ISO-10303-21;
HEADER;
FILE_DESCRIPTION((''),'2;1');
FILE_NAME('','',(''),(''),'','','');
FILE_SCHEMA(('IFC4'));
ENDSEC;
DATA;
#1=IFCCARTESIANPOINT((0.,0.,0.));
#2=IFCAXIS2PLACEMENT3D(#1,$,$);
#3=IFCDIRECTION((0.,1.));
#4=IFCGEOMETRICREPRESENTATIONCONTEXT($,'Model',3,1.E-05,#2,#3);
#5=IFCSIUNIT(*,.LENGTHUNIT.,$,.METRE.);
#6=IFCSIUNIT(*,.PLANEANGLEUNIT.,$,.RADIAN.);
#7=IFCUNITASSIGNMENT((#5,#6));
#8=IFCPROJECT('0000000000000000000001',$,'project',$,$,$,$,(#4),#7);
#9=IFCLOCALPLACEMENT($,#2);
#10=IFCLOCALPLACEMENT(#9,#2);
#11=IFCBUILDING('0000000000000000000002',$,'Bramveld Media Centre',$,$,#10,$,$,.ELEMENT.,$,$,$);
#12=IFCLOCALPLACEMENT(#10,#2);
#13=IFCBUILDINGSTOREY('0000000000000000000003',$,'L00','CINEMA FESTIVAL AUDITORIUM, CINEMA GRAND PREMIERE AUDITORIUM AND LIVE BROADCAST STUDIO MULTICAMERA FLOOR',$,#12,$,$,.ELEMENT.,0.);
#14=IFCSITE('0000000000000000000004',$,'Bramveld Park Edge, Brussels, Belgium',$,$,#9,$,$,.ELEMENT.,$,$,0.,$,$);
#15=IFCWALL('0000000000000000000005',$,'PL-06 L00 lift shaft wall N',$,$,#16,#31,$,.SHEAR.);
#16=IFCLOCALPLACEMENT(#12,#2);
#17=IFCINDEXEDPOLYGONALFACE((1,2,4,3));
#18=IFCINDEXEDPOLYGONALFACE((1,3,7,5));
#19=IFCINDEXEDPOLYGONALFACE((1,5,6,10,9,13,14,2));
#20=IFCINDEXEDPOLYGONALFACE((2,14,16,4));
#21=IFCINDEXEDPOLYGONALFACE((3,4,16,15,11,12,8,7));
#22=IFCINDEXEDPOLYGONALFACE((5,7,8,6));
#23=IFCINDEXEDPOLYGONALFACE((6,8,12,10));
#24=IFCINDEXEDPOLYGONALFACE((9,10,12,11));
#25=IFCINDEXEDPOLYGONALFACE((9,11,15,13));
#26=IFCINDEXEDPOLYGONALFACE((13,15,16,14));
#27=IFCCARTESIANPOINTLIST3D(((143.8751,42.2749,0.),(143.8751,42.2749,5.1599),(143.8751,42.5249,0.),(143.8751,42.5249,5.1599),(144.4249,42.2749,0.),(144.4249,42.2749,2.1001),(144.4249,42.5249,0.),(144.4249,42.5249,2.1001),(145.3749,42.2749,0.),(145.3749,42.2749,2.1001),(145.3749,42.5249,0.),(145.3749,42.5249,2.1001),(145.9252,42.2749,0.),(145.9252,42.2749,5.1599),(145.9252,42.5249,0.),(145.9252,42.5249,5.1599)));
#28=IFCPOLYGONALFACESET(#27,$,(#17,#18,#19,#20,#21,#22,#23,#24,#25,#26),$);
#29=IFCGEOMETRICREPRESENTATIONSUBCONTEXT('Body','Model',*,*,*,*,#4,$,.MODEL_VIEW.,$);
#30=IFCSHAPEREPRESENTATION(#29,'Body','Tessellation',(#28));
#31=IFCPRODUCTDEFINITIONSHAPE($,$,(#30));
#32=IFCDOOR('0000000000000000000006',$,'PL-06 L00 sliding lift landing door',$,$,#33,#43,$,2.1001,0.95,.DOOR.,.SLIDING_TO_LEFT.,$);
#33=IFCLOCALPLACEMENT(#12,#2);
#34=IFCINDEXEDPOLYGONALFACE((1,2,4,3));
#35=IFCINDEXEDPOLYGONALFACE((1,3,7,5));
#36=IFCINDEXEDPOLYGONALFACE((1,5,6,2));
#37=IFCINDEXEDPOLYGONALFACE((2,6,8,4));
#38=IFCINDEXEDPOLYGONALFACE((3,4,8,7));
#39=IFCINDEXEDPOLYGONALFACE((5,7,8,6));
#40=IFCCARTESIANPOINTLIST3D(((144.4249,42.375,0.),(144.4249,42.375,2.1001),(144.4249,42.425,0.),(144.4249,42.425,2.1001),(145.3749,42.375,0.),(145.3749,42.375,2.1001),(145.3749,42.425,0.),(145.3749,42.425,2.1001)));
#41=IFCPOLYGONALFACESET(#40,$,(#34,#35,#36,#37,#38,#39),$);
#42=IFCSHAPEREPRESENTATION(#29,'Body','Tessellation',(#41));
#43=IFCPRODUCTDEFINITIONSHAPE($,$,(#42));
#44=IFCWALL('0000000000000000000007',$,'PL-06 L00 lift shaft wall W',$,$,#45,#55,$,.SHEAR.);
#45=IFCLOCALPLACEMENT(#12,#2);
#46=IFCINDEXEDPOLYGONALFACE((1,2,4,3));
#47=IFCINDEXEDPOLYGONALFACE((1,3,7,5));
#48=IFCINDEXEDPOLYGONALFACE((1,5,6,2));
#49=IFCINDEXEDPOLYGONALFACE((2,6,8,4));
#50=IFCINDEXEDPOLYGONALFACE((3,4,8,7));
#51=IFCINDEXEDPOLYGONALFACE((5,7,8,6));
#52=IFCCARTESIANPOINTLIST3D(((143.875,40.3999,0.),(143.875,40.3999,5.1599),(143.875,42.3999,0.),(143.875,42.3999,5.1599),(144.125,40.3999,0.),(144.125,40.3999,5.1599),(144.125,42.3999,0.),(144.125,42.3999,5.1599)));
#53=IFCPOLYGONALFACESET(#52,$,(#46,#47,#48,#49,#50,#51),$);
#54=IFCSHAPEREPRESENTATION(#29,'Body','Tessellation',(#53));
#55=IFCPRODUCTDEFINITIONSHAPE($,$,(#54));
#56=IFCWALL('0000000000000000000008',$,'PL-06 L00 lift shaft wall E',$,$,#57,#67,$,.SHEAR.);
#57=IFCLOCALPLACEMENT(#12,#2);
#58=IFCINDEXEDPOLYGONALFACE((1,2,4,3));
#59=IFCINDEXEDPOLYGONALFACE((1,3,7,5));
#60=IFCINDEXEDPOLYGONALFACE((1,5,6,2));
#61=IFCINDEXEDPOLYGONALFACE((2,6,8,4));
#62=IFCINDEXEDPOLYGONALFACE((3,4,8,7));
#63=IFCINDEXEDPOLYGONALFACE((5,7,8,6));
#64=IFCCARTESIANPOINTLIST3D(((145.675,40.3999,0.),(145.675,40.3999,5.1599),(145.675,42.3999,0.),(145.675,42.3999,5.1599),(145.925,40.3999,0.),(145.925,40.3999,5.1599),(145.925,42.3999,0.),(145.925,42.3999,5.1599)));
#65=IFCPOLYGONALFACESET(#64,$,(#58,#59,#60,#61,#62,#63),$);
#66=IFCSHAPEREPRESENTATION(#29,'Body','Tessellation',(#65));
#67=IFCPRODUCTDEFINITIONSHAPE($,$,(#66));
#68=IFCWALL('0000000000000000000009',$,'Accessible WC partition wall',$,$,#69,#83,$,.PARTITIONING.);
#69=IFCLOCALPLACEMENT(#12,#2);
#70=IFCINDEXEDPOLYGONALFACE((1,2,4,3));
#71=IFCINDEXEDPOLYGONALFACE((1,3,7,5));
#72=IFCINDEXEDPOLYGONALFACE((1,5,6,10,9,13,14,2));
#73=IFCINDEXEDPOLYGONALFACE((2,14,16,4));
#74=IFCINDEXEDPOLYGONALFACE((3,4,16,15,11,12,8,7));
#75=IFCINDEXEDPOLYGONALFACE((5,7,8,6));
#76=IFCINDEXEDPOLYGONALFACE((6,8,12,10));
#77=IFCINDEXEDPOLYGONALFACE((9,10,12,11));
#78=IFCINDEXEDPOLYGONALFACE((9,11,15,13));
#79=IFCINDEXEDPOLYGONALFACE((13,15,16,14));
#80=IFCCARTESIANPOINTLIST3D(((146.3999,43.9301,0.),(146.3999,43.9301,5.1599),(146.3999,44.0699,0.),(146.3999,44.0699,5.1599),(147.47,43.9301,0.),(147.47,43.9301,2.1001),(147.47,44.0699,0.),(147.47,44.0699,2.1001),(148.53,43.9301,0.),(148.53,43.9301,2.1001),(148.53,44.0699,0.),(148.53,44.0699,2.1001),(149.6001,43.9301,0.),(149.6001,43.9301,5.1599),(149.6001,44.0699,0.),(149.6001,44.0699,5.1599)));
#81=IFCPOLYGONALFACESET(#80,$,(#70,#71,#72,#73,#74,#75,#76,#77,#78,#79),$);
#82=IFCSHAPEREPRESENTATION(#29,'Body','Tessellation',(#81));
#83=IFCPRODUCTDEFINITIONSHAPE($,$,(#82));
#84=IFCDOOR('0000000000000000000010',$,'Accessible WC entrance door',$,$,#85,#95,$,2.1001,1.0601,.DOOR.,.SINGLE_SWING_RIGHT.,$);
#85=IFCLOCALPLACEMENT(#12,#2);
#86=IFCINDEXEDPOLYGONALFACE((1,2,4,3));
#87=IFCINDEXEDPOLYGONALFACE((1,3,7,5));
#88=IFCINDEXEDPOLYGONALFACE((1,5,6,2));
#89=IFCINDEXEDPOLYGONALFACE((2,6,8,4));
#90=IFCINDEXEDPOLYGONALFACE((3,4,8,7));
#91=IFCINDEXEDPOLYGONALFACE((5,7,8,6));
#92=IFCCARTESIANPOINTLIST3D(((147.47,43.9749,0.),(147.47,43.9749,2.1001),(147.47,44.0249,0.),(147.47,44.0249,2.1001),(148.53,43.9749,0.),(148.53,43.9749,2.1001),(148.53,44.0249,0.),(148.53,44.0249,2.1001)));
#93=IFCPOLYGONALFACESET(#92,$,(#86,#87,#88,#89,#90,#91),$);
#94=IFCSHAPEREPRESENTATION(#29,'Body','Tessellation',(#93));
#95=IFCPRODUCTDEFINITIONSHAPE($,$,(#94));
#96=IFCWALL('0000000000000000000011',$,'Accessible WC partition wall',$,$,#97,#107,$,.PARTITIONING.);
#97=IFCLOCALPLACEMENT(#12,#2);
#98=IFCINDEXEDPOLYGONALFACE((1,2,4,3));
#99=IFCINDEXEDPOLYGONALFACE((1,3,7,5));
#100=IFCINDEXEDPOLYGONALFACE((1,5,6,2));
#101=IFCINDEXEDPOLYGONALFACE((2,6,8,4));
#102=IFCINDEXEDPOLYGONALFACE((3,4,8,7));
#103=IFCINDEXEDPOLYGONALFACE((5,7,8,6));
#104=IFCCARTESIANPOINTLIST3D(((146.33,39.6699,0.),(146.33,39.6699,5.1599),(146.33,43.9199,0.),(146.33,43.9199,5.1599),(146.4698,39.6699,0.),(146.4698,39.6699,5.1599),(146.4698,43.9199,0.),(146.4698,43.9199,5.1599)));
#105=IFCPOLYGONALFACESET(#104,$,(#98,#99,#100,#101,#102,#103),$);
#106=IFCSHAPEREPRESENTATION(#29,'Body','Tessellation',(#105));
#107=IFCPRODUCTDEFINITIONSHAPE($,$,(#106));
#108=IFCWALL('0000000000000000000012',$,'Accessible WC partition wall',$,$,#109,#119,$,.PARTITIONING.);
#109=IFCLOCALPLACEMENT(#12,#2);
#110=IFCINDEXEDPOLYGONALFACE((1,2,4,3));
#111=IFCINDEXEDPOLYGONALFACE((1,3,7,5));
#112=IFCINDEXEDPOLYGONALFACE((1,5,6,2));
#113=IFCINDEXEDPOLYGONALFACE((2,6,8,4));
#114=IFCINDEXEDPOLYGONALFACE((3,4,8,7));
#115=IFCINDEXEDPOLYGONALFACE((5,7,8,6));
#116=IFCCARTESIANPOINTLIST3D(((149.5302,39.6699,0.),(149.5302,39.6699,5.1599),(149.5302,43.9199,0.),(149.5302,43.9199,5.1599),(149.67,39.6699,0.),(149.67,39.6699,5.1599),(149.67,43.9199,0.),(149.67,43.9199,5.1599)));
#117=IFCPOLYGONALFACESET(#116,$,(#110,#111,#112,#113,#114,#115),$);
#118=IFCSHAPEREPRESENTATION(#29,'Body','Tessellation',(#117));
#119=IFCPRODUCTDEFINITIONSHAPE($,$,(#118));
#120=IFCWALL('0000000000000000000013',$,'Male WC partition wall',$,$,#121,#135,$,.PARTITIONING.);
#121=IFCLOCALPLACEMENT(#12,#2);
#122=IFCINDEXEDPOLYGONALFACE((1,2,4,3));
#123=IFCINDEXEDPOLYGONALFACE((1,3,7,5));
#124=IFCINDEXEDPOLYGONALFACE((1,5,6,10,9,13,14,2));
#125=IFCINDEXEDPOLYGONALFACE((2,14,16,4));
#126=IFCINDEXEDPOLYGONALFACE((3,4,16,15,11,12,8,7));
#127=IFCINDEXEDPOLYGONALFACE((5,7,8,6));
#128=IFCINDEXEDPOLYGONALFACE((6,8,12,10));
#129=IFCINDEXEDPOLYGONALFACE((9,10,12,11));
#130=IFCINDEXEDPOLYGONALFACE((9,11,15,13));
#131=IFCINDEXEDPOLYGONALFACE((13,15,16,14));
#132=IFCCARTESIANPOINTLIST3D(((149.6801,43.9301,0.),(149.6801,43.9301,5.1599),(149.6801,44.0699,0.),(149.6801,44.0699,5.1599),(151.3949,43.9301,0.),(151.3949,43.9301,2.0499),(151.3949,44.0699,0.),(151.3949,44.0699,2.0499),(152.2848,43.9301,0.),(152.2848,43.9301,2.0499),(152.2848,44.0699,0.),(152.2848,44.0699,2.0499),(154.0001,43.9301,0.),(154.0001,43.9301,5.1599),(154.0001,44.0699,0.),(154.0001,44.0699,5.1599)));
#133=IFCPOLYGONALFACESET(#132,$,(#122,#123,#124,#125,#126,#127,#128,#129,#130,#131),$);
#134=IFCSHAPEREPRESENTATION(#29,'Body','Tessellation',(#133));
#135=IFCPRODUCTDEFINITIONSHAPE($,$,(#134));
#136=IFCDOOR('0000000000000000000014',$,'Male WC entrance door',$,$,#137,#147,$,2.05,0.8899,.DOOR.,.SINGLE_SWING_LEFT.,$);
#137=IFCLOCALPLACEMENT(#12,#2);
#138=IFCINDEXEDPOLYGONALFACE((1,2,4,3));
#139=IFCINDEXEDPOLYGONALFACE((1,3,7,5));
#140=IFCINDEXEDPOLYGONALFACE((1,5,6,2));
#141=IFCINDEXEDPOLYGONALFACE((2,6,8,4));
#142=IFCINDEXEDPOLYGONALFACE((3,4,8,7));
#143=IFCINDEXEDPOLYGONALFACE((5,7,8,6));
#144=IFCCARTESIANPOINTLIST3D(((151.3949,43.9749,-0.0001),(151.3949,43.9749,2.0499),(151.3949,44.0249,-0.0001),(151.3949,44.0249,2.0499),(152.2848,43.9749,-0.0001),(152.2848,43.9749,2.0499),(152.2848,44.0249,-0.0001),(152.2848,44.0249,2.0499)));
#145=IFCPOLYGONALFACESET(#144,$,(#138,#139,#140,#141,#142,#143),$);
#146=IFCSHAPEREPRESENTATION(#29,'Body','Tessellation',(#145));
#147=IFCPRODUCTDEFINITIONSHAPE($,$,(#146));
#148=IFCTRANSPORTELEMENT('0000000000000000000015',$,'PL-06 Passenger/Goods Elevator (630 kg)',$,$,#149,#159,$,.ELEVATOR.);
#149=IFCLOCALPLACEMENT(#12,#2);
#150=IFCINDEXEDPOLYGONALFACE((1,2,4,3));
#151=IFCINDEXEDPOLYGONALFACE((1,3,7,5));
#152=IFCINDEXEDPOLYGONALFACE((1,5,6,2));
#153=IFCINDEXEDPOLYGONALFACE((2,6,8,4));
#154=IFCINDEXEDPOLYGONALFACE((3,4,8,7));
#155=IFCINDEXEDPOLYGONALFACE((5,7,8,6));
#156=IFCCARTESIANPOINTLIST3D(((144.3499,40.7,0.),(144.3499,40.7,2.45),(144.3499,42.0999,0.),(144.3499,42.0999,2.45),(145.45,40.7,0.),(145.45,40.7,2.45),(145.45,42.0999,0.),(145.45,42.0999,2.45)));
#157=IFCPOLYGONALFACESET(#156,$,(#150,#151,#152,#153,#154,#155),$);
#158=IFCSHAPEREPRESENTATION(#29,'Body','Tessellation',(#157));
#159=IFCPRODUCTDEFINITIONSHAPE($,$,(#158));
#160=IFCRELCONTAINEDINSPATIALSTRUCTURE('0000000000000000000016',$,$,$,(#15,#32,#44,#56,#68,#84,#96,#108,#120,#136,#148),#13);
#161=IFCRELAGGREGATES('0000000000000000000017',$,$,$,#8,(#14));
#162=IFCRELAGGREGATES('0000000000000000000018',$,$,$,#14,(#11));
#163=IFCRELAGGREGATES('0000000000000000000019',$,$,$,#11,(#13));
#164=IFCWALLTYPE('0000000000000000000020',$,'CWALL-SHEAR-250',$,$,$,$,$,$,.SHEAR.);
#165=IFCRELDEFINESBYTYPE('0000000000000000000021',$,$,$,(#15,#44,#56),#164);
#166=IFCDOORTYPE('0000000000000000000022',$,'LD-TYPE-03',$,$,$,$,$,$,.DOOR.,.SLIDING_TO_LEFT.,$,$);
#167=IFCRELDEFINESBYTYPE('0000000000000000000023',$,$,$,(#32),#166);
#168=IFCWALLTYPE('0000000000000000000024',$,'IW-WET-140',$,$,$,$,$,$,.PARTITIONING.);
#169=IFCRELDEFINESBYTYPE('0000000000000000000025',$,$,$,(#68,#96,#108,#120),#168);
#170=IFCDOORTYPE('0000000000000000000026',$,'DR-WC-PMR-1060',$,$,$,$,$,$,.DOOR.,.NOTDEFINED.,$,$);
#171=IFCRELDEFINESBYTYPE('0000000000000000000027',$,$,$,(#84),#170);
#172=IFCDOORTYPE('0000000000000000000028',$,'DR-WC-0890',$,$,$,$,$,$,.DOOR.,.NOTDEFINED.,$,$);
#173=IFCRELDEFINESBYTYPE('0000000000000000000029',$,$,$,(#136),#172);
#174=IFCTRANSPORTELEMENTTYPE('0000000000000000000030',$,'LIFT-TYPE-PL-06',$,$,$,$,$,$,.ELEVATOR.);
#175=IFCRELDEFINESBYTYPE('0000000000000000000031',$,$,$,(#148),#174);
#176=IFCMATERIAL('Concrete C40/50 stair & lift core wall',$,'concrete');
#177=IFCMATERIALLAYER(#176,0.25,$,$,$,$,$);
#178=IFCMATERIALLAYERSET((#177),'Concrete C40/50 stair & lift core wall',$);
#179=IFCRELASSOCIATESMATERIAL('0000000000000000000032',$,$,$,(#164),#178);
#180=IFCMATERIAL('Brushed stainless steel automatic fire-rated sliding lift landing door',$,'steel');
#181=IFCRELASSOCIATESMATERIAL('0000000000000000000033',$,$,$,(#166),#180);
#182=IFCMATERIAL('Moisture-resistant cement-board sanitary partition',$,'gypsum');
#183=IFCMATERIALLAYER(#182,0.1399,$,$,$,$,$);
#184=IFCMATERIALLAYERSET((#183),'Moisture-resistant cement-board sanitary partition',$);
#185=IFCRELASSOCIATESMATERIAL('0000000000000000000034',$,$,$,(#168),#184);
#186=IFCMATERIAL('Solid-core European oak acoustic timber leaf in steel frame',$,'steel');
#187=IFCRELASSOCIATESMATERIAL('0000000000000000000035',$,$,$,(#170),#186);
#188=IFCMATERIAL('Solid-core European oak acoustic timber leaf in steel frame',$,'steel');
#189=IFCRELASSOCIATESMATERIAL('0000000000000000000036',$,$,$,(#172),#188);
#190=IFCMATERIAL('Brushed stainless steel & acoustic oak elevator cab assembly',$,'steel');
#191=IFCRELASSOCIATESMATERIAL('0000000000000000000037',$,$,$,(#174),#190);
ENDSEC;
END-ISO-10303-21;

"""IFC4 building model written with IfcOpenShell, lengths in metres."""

from ifc_helpers import new_model, si_unit, direction, frame, frame_2d, origin, origin_2d, place, context, subcontext, project, spatial, rectangle, extrude, material, layer, layer_set, type_object, element, fill, save


model = new_model("IFC4")

# Units and contexts
model_context = context("Model", 3, precision=1e-05, world=origin(), true_north=direction((0.0, 1.0)))
body_context = subcontext(model_context, "Body", "Model", "MODEL_VIEW")
ifc_project = project(units=[si_unit("LENGTHUNIT", "METRE"), si_unit("PLANEANGLEUNIT", "RADIAN")], contexts=[model_context])

# Site, building, storey
site_placement = place(None, origin())
site = spatial("IfcSite", under=ifc_project, at=site_placement, Name="Bramveld Park Edge, Brussels, Belgium", CompositionType="ELEMENT", RefElevation=0.0)
building_placement = place(site_placement, origin())
building = spatial("IfcBuilding", under=site, at=building_placement, Name="Bramveld Media Centre", CompositionType="ELEMENT")
storey_placement = place(building_placement, origin())
storey = spatial("IfcBuildingStorey", under=building, at=storey_placement, Name="L00", Description="CINEMA FESTIVAL AUDITORIUM, CINEMA GRAND PREMIERE AUDITORIUM AND LIVE BROADCAST STUDIO MULTICAMERA FLOOR", CompositionType="ELEMENT", Elevation=0.0)

# Shared definitions
ifc_material_1 = material(Name="Concrete C40/50 stair & lift core wall", Category="concrete")
ifc_layer_1 = layer(ifc_material_1, 0.25)
ifc_layer_set_1 = layer_set([ifc_layer_1], Name="Concrete C40/50 stair & lift core wall")
wall_type_1 = type_object("IfcWallType", Name="CWALL-SHEAR-250", PredefinedType="SHEAR", material=ifc_layer_set_1)

# Wall, opening, door
wall_1_placement = place(storey_placement, frame((145.925, 42.3999, 0.0), z_axis=(0.0, 0.0, 1.0), x_axis=(-1.0, 0.0, 0.0)))
wall_1 = element("IfcWall", 1, at=wall_1_placement, inside=storey, type_object=wall_type_1, Name="PL-06 L00 lift shaft wall N", PredefinedType="SHEAR", context=body_context, shape_type="SweptSolid", body=[
    extrude(rectangle(XDim=2.05, YDim=0.25, at=frame_2d((1.0249, 0.0))), origin(), (0.0, 0.0, 1.0), 5.1599),
])
opening_1_placement = place(wall_1_placement, frame((0.55, 0.0, 0.0)))
opening_1 = element("IfcOpeningElement", 2, at=opening_1_placement, cuts=wall_1, PredefinedType="OPENING", context=body_context, shape_type="SweptSolid", body=[
    extrude(rectangle(XDim=0.95, YDim=2.1001, at=frame_2d((0.4751, 1.05))), frame((0.0, 0.137, 0.0), z_axis=(0.0, -1.0, 0.0), x_axis=(1.0, 0.0, 0.0)), (0.0, 0.0, 1.0), 0.2739),
])
ifc_material_2 = material(Name="Brushed stainless steel automatic fire-rated sliding lift landing door", Category="steel")
door_type_1 = type_object("IfcDoorType", Name="LD-TYPE-03", OperationType="SLIDING_TO_LEFT", PredefinedType="DOOR", material=ifc_material_2)
door_1_placement = place(opening_1_placement, origin())
door_1 = element("IfcDoor", 3, at=door_1_placement, inside=storey, type_object=door_type_1, Name="PL-06 L00 sliding lift landing door", OperationType="SLIDING_TO_LEFT", OverallHeight=2.1001, OverallWidth=0.95, PredefinedType="DOOR", context=body_context, shape_type="SweptSolid", body=[
    extrude(rectangle(XDim=0.95, YDim=2.1001, at=frame_2d((0.4751, 1.05))), frame((0.0, 0.0249, 0.0), z_axis=(0.0, -1.0, 0.0), x_axis=(1.0, 0.0, 0.0)), (0.0, 0.0, 1.0), 0.05),
])
fill(opening_1, door_1)

# Walls
for number, where, z_axis, x_axis, name in (
    (4, (144.0, 42.3999, 0.0), (0.0, 0.0, 1.0), (0.0, -1.0, 0.0), "PL-06 L00 lift shaft wall W"),
    (5, (145.8, 40.3999, 0.0), (0.0, 0.0, 1.0), (0.0, 1.0, 0.0), "PL-06 L00 lift shaft wall E"),
):
    element("IfcWall", number, at=place(storey_placement, frame(where, z_axis=z_axis, x_axis=x_axis)), inside=storey, type_object=wall_type_1, Name=name, PredefinedType="SHEAR", context=body_context, shape_type="SweptSolid", body=[
        extrude(rectangle(XDim=2.0, YDim=0.25, at=frame_2d((1.0, 0.0))), origin(), (0.0, 0.0, 1.0), 5.1599),
    ])

# Wall, opening, door
ifc_material_3 = material(Name="Moisture-resistant cement-board sanitary partition", Category="gypsum")
ifc_layer_2 = layer(ifc_material_3, 0.1399)
ifc_layer_set_2 = layer_set([ifc_layer_2], Name="Moisture-resistant cement-board sanitary partition")
wall_type_2 = type_object("IfcWallType", Name="IW-WET-140", PredefinedType="PARTITIONING", material=ifc_layer_set_2)
wall_2_placement = place(storey_placement, frame((146.3999, 44.0, 0.0), z_axis=(0.0, 0.0, 1.0), x_axis=(1.0, 0.0, 0.0)))
wall_2 = element("IfcWall", 6, at=wall_2_placement, inside=storey, type_object=wall_type_2, Name="Accessible WC partition wall", PredefinedType="PARTITIONING", context=body_context, shape_type="SweptSolid", body=[
    extrude(rectangle(XDim=3.2002, YDim=0.1399, at=frame_2d((1.6001, 0.0))), origin(), (0.0, 0.0, 1.0), 5.1599),
])
opening_2_placement = place(wall_2_placement, frame((1.0701, 0.0, 0.0)))
opening_2 = element("IfcOpeningElement", 7, at=opening_2_placement, cuts=wall_2, PredefinedType="OPENING", context=body_context, shape_type="SweptSolid", body=[
    extrude(rectangle(XDim=1.0601, YDim=2.1001, at=frame_2d((0.53, 1.05))), frame((0.0, 0.082, 0.0), z_axis=(0.0, -1.0, 0.0), x_axis=(1.0, 0.0, 0.0)), (0.0, 0.0, 1.0), 0.1638),
])
ifc_material_4 = material(Name="Solid-core European oak acoustic timber leaf in steel frame", Category="steel")
door_type_2 = type_object("IfcDoorType", Name="DR-WC-PMR-1060", OperationType="NOTDEFINED", PredefinedType="DOOR", material=ifc_material_4)
door_2_placement = place(opening_2_placement, origin())
door_2 = element("IfcDoor", 8, at=door_2_placement, inside=storey, type_object=door_type_2, Name="Accessible WC entrance door", OperationType="SINGLE_SWING_RIGHT", OverallHeight=2.1001, OverallWidth=1.0601, PredefinedType="DOOR", context=body_context, shape_type="SweptSolid", body=[
    extrude(rectangle(XDim=1.0601, YDim=2.1001, at=frame_2d((0.53, 1.05))), frame((0.0, 0.0249, 0.0), z_axis=(0.0, -1.0, 0.0), x_axis=(1.0, 0.0, 0.0)), (0.0, 0.0, 1.0), 0.05),
])
fill(opening_2, door_2)

# Walls
for number, where, z_axis, x_axis, name in (
    (9, (146.3999, 39.6699, 0.0), (0.0, 0.0, 1.0), (0.0, 1.0, 0.0), "Accessible WC partition wall"),
    (10, (149.6001, 39.6699, 0.0), (0.0, 0.0, 1.0), (0.0, 1.0, 0.0), "Accessible WC partition wall"),
):
    element("IfcWall", number, at=place(storey_placement, frame(where, z_axis=z_axis, x_axis=x_axis)), inside=storey, type_object=wall_type_2, Name=name, PredefinedType="PARTITIONING", context=body_context, shape_type="SweptSolid", body=[
        extrude(rectangle(XDim=4.25, YDim=0.1399, at=frame_2d((2.125, 0.0))), origin(), (0.0, 0.0, 1.0), 5.1599),
    ])

# Wall, opening, door
wall_3_placement = place(storey_placement, frame((149.6799, 44.0, 0.0), z_axis=(0.0, 0.0, 1.0), x_axis=(1.0, 0.0, 0.0)))
wall_3 = element("IfcWall", 11, at=wall_3_placement, inside=storey, type_object=wall_type_2, Name="Male WC partition wall", PredefinedType="PARTITIONING", context=body_context, shape_type="SweptSolid", body=[
    extrude(rectangle(XDim=4.3201, YDim=0.1399, at=frame_2d((2.1602, 0.0))), origin(), (0.0, 0.0, 1.0), 5.1599),
])
opening_3_placement = place(wall_3_placement, frame((1.7151, 0.0, 0.0)))
opening_3 = element("IfcOpeningElement", 12, at=opening_3_placement, cuts=wall_3, PredefinedType="OPENING", context=body_context, shape_type="SweptSolid", body=[
    extrude(rectangle(XDim=0.8899, YDim=2.05, at=frame_2d((0.4448, 1.0249))), frame((0.0, 0.082, 0.0), z_axis=(0.0, -1.0, 0.0), x_axis=(1.0, 0.0, 0.0)), (0.0, 0.0, 1.0), 0.1638),
])
ifc_material_5 = material(Name="Solid-core European oak acoustic timber leaf in steel frame", Category="steel")
door_type_3 = type_object("IfcDoorType", Name="DR-WC-0890", OperationType="NOTDEFINED", PredefinedType="DOOR", material=ifc_material_5)
door_3_placement = place(opening_3_placement, origin())
door_3 = element("IfcDoor", 13, at=door_3_placement, inside=storey, type_object=door_type_3, Name="Male WC entrance door", OperationType="SINGLE_SWING_LEFT", OverallHeight=2.05, OverallWidth=0.8899, PredefinedType="DOOR", context=body_context, shape_type="SweptSolid", body=[
    extrude(rectangle(XDim=0.8899, YDim=2.05, at=frame_2d((0.4448, 1.0249))), frame((0.0, 0.0249, 0.0), z_axis=(0.0, -1.0, 0.0), x_axis=(1.0, 0.0, 0.0)), (0.0, 0.0, 1.0), 0.05),
])
fill(opening_3, door_3)

# Transport element
ifc_material_6 = material(Name="Brushed stainless steel & acoustic oak elevator cab assembly", Category="steel")
transport_element_type = type_object("IfcTransportElementType", Name="LIFT-TYPE-PL-06", PredefinedType="ELEVATOR", material=ifc_material_6)
transport_element_placement = place(storey_placement, frame((144.8999, 41.3999, 0.0), z_axis=(0.0, 0.0, 1.0), x_axis=(1.0, 0.0, 0.0)))
element("IfcTransportElement", 14, at=transport_element_placement, inside=storey, type_object=transport_element_type, Name="PL-06 Passenger/Goods Elevator (630 kg)", PredefinedType="ELEVATOR", context=body_context, shape_type="SweptSolid", body=[
    extrude(rectangle(XDim=1.1001, YDim=1.3999, at=origin_2d()), origin(), (0.0, 0.0, 1.0), 2.45),
])

save(model, "model.ifc")
